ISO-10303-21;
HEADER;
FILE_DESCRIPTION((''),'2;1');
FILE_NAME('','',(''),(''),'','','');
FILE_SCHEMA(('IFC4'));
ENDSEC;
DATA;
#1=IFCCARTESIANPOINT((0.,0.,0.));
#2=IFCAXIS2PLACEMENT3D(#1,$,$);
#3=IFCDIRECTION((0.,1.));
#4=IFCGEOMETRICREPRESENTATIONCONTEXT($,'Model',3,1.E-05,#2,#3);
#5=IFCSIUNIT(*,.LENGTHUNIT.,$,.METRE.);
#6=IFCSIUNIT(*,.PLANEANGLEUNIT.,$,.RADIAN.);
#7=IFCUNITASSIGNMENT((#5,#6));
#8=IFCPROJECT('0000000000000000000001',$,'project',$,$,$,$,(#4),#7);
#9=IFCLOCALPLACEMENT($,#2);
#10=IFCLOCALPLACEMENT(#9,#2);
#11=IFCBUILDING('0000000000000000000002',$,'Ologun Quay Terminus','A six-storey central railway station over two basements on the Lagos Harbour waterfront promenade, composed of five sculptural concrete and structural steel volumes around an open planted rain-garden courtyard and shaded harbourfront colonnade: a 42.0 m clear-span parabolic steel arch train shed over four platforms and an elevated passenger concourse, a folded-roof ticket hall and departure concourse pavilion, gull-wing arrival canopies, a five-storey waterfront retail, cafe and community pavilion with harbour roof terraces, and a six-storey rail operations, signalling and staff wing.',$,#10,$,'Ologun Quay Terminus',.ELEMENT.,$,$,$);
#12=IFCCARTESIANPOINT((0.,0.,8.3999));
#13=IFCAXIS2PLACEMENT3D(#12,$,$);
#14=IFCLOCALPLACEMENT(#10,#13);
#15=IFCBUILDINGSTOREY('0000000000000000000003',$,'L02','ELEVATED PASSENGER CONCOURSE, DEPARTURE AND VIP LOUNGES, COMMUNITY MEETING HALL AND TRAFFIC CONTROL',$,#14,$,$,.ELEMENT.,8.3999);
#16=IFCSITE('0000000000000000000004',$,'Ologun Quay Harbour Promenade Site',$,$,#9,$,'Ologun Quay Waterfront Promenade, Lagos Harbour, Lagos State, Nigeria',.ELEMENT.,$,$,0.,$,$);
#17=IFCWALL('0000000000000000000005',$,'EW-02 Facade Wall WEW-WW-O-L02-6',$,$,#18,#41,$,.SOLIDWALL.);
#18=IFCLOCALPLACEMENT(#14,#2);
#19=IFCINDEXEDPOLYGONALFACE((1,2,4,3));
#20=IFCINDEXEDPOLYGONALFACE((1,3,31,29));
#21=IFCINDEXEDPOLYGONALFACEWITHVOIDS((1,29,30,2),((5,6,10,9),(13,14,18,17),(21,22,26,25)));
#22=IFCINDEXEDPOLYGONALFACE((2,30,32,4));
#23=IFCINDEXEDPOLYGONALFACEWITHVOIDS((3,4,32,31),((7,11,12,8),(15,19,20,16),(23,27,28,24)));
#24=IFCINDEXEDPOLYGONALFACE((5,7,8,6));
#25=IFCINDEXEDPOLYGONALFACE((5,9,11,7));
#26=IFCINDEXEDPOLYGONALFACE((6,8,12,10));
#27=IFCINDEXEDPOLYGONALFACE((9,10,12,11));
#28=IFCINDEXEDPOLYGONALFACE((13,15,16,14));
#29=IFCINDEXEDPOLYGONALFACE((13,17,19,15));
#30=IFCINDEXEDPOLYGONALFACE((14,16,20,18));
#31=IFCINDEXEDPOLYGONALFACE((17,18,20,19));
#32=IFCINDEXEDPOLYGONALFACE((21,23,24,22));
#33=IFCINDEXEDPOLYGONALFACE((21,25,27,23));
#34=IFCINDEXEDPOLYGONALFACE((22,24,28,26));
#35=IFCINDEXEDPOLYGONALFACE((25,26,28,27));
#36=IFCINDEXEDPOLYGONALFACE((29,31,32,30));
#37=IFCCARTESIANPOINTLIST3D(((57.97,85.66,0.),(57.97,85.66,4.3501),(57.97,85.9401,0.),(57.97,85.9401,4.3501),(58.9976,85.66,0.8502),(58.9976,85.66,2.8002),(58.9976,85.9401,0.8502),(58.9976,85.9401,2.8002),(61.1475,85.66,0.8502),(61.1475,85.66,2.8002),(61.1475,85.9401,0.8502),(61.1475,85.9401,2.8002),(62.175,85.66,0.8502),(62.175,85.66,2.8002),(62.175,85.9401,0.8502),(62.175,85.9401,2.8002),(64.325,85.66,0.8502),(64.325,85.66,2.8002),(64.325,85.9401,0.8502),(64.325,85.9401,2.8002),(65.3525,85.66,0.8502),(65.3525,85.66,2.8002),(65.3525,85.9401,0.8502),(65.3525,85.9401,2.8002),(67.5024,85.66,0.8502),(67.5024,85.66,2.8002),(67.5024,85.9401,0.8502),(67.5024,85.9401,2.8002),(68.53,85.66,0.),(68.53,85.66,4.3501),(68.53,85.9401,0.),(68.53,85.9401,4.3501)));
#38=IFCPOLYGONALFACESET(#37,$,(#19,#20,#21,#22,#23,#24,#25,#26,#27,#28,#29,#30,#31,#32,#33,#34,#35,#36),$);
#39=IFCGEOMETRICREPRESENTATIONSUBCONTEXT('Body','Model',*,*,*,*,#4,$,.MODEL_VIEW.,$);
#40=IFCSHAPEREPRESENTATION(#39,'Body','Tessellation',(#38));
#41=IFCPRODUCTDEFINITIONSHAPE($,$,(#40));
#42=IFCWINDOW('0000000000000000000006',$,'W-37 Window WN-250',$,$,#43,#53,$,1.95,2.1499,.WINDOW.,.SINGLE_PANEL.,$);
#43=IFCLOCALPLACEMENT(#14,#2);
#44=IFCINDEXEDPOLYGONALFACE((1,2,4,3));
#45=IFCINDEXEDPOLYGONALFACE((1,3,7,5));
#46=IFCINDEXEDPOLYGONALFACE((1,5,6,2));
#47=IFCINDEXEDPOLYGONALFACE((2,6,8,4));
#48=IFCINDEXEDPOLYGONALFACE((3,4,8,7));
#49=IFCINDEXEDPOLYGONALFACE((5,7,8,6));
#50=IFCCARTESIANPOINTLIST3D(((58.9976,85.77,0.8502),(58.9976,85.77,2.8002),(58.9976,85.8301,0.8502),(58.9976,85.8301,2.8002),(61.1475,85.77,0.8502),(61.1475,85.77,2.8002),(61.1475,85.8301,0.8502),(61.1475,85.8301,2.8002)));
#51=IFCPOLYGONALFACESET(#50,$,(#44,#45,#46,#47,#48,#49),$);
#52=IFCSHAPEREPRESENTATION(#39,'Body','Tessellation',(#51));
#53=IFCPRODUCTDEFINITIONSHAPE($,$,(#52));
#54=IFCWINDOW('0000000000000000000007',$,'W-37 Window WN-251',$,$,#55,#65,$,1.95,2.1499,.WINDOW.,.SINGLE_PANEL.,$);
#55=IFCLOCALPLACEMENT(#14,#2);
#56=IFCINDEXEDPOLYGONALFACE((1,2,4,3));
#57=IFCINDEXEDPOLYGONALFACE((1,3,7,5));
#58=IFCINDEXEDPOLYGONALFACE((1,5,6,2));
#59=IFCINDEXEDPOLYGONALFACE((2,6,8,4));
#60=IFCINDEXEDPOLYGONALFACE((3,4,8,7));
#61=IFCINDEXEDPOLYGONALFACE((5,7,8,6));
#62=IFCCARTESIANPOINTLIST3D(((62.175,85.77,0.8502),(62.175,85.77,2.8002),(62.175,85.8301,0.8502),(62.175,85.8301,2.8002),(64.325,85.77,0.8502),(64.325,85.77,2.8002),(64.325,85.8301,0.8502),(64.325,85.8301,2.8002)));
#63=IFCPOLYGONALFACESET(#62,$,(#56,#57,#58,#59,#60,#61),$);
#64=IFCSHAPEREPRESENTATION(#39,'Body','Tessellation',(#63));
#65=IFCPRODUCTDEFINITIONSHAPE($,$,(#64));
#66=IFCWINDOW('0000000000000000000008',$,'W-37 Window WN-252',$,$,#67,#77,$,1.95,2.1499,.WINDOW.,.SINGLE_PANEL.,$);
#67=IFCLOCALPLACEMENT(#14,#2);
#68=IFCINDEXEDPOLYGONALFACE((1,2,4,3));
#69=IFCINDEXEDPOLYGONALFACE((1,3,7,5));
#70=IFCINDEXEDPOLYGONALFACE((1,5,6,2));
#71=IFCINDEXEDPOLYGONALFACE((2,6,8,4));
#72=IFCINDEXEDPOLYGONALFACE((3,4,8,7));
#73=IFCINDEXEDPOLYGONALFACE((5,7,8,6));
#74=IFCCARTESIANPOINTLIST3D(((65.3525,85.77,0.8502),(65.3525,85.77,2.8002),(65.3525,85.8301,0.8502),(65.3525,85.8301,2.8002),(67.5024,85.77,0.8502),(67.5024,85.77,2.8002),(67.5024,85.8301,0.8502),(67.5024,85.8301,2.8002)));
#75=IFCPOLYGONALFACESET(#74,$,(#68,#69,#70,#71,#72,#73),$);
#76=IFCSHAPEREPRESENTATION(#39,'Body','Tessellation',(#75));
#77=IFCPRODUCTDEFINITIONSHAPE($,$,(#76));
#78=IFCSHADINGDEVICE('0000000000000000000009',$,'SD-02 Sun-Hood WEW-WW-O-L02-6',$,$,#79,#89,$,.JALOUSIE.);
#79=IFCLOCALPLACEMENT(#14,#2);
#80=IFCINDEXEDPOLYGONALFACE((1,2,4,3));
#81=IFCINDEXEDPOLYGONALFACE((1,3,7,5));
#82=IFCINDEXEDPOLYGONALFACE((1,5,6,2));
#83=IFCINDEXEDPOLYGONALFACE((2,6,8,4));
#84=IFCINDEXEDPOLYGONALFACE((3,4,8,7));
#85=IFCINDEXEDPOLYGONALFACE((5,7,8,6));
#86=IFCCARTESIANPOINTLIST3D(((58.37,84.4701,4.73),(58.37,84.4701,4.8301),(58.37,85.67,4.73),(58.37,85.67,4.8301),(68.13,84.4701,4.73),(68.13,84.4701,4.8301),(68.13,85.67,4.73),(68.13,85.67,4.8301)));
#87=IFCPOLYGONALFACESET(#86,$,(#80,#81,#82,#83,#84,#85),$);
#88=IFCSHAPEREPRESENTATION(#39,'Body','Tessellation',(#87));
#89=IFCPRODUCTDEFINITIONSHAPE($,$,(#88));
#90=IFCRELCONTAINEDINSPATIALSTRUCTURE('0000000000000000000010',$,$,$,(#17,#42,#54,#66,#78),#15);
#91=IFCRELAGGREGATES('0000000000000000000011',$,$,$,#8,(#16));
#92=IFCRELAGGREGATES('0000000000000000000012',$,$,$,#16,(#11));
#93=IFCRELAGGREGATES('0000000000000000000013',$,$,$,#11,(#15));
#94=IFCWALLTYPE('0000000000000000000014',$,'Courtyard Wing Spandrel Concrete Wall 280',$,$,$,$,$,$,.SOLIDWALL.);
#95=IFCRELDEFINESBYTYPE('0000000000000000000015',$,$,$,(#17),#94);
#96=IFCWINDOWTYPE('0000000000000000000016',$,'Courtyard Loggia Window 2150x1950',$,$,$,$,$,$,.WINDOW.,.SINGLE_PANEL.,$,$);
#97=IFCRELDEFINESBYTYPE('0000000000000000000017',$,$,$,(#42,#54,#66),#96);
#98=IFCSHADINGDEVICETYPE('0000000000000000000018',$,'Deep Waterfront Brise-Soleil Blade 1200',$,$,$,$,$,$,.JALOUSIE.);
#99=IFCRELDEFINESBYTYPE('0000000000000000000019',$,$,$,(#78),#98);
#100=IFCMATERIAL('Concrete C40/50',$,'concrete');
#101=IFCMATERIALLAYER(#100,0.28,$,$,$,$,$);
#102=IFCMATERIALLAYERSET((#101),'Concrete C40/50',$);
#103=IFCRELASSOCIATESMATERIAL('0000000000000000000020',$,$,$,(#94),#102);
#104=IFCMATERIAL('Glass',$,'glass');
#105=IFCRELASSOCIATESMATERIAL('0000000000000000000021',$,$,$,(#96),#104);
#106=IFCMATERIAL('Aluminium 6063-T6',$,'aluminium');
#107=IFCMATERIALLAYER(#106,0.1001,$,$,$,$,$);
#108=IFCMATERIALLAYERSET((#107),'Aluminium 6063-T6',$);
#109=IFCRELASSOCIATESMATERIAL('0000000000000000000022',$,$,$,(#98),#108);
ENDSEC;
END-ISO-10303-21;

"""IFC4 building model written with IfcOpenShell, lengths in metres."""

from ifc_helpers import new_model, si_unit, direction, frame, frame_2d, origin, origin_2d, place, context, subcontext, project, spatial, rectangle, extrude, material, layer, layer_set, type_object, element, fill, save


model = new_model("IFC4")

# Units and contexts
model_context = context("Model", 3, precision=1e-05, world=origin(), true_north=direction((0.0, 1.0)))
body_context = subcontext(model_context, "Body", "Model", "MODEL_VIEW")
ifc_project = project(units=[si_unit("LENGTHUNIT", "METRE"), si_unit("PLANEANGLEUNIT", "RADIAN")], contexts=[model_context])

# Site, building, storey
site_placement = place(None, origin())
site = spatial("IfcSite", under=ifc_project, at=site_placement, Name="Ologun Quay Harbour Promenade Site", LongName="Ologun Quay Waterfront Promenade, Lagos Harbour, Lagos State, Nigeria", CompositionType="ELEMENT", RefElevation=0.0)
building_placement = place(site_placement, origin())
building = spatial("IfcBuilding", under=site, at=building_placement, Name="Ologun Quay Terminus", Description="A six-storey central railway station over two basements on the Lagos Harbour waterfront promenade, composed of five sculptural concrete and structural steel volumes around an open planted rain-garden courtyard and shaded harbourfront colonnade: a 42.0 m clear-span parabolic steel arch train shed over four platforms and an elevated passenger concourse, a folded-roof ticket hall and departure concourse pavilion, gull-wing arrival canopies, a five-storey waterfront retail, cafe and community pavilion with harbour roof terraces, and a six-storey rail operations, signalling and staff wing.", LongName="Ologun Quay Terminus", CompositionType="ELEMENT")
storey_placement = place(building_placement, frame((0.0, 0.0, 8.3999)))
storey = spatial("IfcBuildingStorey", under=building, at=storey_placement, Name="L02", Description="ELEVATED PASSENGER CONCOURSE, DEPARTURE AND VIP LOUNGES, COMMUNITY MEETING HALL AND TRAFFIC CONTROL", CompositionType="ELEMENT", Elevation=8.3999)

# Shared definitions
ifc_material_1 = material(Name="Concrete C40/50", Category="concrete")
ifc_layer_1 = layer(ifc_material_1, 0.28)
ifc_layer_set_1 = layer_set([ifc_layer_1], Name="Concrete C40/50")
wall_type_1 = type_object("IfcWallType", Name="Courtyard Wing Spandrel Concrete Wall 280", PredefinedType="SOLIDWALL", material=ifc_layer_set_1)

# Wall, openings, windows
ifc_material_2 = material(Name="Glass", Category="glass")
window_type = type_object("IfcWindowType", Name="Courtyard Loggia Window 2150x1950", PartitioningType="SINGLE_PANEL", PredefinedType="WINDOW", material=ifc_material_2)
wall_1_placement = place(storey_placement, frame((57.97, 85.8, 0.0), z_axis=(0.0, 0.0, 1.0), x_axis=(1.0, 0.0, 0.0)))
wall_1 = element("IfcWall", 1, at=wall_1_placement, inside=storey, type_object=wall_type_1, Name="EW-02 Facade Wall WEW-WW-O-L02-6", PredefinedType="SOLIDWALL", context=body_context, shape_type="SweptSolid", body=[
    extrude(rectangle(XDim=10.5601, YDim=0.28, at=frame_2d((5.28, 0.0))), origin(), (0.0, 0.0, 1.0), 4.3501),
])
opening_1_placement = place(wall_1_placement, frame((1.0276, 0.0, 0.8501)))
opening_1 = element("IfcOpeningElement", 2, at=opening_1_placement, cuts=wall_1, PredefinedType="OPENING", context=body_context, shape_type="SweptSolid", body=[
    extrude(rectangle(XDim=2.1499, YDim=1.95, at=frame_2d((1.075, 0.9751))), frame((0.0, 0.1499, 0.0), z_axis=(0.0, -1.0, 0.0), x_axis=(1.0, 0.0, 0.0)), (0.0, 0.0, 1.0), 0.3),
])
opening_2_placement = place(wall_1_placement, frame((4.2051, 0.0, 0.8501)))
opening_2 = element("IfcOpeningElement", 3, at=opening_2_placement, cuts=wall_1, PredefinedType="OPENING", context=body_context, shape_type="SweptSolid", body=[
    extrude(rectangle(XDim=2.1499, YDim=1.95, at=frame_2d((1.075, 0.9751))), frame((0.0, 0.1499, 0.0), z_axis=(0.0, -1.0, 0.0), x_axis=(1.0, 0.0, 0.0)), (0.0, 0.0, 1.0), 0.3),
])
opening_3_placement = place(wall_1_placement, frame((7.3826, 0.0, 0.8501)))
opening_3 = element("IfcOpeningElement", 4, at=opening_3_placement, cuts=wall_1, PredefinedType="OPENING", context=body_context, shape_type="SweptSolid", body=[
    extrude(rectangle(XDim=2.1499, YDim=1.95, at=frame_2d((1.075, 0.9751))), frame((0.0, 0.1499, 0.0), z_axis=(0.0, -1.0, 0.0), x_axis=(1.0, 0.0, 0.0)), (0.0, 0.0, 1.0), 0.3),
])
window_1_placement = place(opening_1_placement, origin())
window_1 = element("IfcWindow", 5, at=window_1_placement, inside=storey, type_object=window_type, Name="W-37 Window WN-250", OverallHeight=1.95, OverallWidth=2.1499, PartitioningType="SINGLE_PANEL", PredefinedType="WINDOW", context=body_context, shape_type="SweptSolid", body=[
    extrude(rectangle(XDim=2.1499, YDim=1.95, at=frame_2d((1.075, 0.9751))), frame((0.0, 0.03, 0.0), z_axis=(0.0, -1.0, 0.0), x_axis=(1.0, 0.0, 0.0)), (0.0, 0.0, 1.0), 0.0601),
])
fill(opening_1, window_1)
window_2_placement = place(opening_2_placement, origin())
window_2 = element("IfcWindow", 6, at=window_2_placement, inside=storey, type_object=window_type, Name="W-37 Window WN-251", OverallHeight=1.95, OverallWidth=2.1499, PartitioningType="SINGLE_PANEL", PredefinedType="WINDOW", context=body_context, shape_type="SweptSolid", body=[
    extrude(rectangle(XDim=2.1499, YDim=1.95, at=frame_2d((1.075, 0.9751))), frame((0.0, 0.03, 0.0), z_axis=(0.0, -1.0, 0.0), x_axis=(1.0, 0.0, 0.0)), (0.0, 0.0, 1.0), 0.0601),
])
fill(opening_2, window_2)
window_3_placement = place(opening_3_placement, origin())
window_3 = element("IfcWindow", 7, at=window_3_placement, inside=storey, type_object=window_type, Name="W-37 Window WN-252", OverallHeight=1.95, OverallWidth=2.1499, PartitioningType="SINGLE_PANEL", PredefinedType="WINDOW", context=body_context, shape_type="SweptSolid", body=[
    extrude(rectangle(XDim=2.1499, YDim=1.95, at=frame_2d((1.075, 0.9751))), frame((0.0, 0.03, 0.0), z_axis=(0.0, -1.0, 0.0), x_axis=(1.0, 0.0, 0.0)), (0.0, 0.0, 1.0), 0.0601),
])
fill(opening_3, window_3)

# Shading device
ifc_material_3 = material(Name="Aluminium 6063-T6", Category="aluminium")
ifc_layer_2 = layer(ifc_material_3, 0.1001)
ifc_layer_set_2 = layer_set([ifc_layer_2], Name="Aluminium 6063-T6")
shading_device_type = type_object("IfcShadingDeviceType", Name="Deep Waterfront Brise-Soleil Blade 1200", PredefinedType="JALOUSIE", material=ifc_layer_set_2)
shading_device_placement = place(storey_placement, frame((63.25, 85.0701, 4.73), z_axis=(0.0, 0.0, 1.0), x_axis=(1.0, 0.0, 0.0)))
element("IfcShadingDevice", 8, at=shading_device_placement, inside=storey, type_object=shading_device_type, Name="SD-02 Sun-Hood WEW-WW-O-L02-6", PredefinedType="JALOUSIE", context=body_context, shape_type="SweptSolid", body=[
    extrude(rectangle(XDim=9.76, YDim=1.2, at=origin_2d()), origin(), (0.0, 0.0, 1.0), 0.1001),
])

save(model, "model.ifc")
